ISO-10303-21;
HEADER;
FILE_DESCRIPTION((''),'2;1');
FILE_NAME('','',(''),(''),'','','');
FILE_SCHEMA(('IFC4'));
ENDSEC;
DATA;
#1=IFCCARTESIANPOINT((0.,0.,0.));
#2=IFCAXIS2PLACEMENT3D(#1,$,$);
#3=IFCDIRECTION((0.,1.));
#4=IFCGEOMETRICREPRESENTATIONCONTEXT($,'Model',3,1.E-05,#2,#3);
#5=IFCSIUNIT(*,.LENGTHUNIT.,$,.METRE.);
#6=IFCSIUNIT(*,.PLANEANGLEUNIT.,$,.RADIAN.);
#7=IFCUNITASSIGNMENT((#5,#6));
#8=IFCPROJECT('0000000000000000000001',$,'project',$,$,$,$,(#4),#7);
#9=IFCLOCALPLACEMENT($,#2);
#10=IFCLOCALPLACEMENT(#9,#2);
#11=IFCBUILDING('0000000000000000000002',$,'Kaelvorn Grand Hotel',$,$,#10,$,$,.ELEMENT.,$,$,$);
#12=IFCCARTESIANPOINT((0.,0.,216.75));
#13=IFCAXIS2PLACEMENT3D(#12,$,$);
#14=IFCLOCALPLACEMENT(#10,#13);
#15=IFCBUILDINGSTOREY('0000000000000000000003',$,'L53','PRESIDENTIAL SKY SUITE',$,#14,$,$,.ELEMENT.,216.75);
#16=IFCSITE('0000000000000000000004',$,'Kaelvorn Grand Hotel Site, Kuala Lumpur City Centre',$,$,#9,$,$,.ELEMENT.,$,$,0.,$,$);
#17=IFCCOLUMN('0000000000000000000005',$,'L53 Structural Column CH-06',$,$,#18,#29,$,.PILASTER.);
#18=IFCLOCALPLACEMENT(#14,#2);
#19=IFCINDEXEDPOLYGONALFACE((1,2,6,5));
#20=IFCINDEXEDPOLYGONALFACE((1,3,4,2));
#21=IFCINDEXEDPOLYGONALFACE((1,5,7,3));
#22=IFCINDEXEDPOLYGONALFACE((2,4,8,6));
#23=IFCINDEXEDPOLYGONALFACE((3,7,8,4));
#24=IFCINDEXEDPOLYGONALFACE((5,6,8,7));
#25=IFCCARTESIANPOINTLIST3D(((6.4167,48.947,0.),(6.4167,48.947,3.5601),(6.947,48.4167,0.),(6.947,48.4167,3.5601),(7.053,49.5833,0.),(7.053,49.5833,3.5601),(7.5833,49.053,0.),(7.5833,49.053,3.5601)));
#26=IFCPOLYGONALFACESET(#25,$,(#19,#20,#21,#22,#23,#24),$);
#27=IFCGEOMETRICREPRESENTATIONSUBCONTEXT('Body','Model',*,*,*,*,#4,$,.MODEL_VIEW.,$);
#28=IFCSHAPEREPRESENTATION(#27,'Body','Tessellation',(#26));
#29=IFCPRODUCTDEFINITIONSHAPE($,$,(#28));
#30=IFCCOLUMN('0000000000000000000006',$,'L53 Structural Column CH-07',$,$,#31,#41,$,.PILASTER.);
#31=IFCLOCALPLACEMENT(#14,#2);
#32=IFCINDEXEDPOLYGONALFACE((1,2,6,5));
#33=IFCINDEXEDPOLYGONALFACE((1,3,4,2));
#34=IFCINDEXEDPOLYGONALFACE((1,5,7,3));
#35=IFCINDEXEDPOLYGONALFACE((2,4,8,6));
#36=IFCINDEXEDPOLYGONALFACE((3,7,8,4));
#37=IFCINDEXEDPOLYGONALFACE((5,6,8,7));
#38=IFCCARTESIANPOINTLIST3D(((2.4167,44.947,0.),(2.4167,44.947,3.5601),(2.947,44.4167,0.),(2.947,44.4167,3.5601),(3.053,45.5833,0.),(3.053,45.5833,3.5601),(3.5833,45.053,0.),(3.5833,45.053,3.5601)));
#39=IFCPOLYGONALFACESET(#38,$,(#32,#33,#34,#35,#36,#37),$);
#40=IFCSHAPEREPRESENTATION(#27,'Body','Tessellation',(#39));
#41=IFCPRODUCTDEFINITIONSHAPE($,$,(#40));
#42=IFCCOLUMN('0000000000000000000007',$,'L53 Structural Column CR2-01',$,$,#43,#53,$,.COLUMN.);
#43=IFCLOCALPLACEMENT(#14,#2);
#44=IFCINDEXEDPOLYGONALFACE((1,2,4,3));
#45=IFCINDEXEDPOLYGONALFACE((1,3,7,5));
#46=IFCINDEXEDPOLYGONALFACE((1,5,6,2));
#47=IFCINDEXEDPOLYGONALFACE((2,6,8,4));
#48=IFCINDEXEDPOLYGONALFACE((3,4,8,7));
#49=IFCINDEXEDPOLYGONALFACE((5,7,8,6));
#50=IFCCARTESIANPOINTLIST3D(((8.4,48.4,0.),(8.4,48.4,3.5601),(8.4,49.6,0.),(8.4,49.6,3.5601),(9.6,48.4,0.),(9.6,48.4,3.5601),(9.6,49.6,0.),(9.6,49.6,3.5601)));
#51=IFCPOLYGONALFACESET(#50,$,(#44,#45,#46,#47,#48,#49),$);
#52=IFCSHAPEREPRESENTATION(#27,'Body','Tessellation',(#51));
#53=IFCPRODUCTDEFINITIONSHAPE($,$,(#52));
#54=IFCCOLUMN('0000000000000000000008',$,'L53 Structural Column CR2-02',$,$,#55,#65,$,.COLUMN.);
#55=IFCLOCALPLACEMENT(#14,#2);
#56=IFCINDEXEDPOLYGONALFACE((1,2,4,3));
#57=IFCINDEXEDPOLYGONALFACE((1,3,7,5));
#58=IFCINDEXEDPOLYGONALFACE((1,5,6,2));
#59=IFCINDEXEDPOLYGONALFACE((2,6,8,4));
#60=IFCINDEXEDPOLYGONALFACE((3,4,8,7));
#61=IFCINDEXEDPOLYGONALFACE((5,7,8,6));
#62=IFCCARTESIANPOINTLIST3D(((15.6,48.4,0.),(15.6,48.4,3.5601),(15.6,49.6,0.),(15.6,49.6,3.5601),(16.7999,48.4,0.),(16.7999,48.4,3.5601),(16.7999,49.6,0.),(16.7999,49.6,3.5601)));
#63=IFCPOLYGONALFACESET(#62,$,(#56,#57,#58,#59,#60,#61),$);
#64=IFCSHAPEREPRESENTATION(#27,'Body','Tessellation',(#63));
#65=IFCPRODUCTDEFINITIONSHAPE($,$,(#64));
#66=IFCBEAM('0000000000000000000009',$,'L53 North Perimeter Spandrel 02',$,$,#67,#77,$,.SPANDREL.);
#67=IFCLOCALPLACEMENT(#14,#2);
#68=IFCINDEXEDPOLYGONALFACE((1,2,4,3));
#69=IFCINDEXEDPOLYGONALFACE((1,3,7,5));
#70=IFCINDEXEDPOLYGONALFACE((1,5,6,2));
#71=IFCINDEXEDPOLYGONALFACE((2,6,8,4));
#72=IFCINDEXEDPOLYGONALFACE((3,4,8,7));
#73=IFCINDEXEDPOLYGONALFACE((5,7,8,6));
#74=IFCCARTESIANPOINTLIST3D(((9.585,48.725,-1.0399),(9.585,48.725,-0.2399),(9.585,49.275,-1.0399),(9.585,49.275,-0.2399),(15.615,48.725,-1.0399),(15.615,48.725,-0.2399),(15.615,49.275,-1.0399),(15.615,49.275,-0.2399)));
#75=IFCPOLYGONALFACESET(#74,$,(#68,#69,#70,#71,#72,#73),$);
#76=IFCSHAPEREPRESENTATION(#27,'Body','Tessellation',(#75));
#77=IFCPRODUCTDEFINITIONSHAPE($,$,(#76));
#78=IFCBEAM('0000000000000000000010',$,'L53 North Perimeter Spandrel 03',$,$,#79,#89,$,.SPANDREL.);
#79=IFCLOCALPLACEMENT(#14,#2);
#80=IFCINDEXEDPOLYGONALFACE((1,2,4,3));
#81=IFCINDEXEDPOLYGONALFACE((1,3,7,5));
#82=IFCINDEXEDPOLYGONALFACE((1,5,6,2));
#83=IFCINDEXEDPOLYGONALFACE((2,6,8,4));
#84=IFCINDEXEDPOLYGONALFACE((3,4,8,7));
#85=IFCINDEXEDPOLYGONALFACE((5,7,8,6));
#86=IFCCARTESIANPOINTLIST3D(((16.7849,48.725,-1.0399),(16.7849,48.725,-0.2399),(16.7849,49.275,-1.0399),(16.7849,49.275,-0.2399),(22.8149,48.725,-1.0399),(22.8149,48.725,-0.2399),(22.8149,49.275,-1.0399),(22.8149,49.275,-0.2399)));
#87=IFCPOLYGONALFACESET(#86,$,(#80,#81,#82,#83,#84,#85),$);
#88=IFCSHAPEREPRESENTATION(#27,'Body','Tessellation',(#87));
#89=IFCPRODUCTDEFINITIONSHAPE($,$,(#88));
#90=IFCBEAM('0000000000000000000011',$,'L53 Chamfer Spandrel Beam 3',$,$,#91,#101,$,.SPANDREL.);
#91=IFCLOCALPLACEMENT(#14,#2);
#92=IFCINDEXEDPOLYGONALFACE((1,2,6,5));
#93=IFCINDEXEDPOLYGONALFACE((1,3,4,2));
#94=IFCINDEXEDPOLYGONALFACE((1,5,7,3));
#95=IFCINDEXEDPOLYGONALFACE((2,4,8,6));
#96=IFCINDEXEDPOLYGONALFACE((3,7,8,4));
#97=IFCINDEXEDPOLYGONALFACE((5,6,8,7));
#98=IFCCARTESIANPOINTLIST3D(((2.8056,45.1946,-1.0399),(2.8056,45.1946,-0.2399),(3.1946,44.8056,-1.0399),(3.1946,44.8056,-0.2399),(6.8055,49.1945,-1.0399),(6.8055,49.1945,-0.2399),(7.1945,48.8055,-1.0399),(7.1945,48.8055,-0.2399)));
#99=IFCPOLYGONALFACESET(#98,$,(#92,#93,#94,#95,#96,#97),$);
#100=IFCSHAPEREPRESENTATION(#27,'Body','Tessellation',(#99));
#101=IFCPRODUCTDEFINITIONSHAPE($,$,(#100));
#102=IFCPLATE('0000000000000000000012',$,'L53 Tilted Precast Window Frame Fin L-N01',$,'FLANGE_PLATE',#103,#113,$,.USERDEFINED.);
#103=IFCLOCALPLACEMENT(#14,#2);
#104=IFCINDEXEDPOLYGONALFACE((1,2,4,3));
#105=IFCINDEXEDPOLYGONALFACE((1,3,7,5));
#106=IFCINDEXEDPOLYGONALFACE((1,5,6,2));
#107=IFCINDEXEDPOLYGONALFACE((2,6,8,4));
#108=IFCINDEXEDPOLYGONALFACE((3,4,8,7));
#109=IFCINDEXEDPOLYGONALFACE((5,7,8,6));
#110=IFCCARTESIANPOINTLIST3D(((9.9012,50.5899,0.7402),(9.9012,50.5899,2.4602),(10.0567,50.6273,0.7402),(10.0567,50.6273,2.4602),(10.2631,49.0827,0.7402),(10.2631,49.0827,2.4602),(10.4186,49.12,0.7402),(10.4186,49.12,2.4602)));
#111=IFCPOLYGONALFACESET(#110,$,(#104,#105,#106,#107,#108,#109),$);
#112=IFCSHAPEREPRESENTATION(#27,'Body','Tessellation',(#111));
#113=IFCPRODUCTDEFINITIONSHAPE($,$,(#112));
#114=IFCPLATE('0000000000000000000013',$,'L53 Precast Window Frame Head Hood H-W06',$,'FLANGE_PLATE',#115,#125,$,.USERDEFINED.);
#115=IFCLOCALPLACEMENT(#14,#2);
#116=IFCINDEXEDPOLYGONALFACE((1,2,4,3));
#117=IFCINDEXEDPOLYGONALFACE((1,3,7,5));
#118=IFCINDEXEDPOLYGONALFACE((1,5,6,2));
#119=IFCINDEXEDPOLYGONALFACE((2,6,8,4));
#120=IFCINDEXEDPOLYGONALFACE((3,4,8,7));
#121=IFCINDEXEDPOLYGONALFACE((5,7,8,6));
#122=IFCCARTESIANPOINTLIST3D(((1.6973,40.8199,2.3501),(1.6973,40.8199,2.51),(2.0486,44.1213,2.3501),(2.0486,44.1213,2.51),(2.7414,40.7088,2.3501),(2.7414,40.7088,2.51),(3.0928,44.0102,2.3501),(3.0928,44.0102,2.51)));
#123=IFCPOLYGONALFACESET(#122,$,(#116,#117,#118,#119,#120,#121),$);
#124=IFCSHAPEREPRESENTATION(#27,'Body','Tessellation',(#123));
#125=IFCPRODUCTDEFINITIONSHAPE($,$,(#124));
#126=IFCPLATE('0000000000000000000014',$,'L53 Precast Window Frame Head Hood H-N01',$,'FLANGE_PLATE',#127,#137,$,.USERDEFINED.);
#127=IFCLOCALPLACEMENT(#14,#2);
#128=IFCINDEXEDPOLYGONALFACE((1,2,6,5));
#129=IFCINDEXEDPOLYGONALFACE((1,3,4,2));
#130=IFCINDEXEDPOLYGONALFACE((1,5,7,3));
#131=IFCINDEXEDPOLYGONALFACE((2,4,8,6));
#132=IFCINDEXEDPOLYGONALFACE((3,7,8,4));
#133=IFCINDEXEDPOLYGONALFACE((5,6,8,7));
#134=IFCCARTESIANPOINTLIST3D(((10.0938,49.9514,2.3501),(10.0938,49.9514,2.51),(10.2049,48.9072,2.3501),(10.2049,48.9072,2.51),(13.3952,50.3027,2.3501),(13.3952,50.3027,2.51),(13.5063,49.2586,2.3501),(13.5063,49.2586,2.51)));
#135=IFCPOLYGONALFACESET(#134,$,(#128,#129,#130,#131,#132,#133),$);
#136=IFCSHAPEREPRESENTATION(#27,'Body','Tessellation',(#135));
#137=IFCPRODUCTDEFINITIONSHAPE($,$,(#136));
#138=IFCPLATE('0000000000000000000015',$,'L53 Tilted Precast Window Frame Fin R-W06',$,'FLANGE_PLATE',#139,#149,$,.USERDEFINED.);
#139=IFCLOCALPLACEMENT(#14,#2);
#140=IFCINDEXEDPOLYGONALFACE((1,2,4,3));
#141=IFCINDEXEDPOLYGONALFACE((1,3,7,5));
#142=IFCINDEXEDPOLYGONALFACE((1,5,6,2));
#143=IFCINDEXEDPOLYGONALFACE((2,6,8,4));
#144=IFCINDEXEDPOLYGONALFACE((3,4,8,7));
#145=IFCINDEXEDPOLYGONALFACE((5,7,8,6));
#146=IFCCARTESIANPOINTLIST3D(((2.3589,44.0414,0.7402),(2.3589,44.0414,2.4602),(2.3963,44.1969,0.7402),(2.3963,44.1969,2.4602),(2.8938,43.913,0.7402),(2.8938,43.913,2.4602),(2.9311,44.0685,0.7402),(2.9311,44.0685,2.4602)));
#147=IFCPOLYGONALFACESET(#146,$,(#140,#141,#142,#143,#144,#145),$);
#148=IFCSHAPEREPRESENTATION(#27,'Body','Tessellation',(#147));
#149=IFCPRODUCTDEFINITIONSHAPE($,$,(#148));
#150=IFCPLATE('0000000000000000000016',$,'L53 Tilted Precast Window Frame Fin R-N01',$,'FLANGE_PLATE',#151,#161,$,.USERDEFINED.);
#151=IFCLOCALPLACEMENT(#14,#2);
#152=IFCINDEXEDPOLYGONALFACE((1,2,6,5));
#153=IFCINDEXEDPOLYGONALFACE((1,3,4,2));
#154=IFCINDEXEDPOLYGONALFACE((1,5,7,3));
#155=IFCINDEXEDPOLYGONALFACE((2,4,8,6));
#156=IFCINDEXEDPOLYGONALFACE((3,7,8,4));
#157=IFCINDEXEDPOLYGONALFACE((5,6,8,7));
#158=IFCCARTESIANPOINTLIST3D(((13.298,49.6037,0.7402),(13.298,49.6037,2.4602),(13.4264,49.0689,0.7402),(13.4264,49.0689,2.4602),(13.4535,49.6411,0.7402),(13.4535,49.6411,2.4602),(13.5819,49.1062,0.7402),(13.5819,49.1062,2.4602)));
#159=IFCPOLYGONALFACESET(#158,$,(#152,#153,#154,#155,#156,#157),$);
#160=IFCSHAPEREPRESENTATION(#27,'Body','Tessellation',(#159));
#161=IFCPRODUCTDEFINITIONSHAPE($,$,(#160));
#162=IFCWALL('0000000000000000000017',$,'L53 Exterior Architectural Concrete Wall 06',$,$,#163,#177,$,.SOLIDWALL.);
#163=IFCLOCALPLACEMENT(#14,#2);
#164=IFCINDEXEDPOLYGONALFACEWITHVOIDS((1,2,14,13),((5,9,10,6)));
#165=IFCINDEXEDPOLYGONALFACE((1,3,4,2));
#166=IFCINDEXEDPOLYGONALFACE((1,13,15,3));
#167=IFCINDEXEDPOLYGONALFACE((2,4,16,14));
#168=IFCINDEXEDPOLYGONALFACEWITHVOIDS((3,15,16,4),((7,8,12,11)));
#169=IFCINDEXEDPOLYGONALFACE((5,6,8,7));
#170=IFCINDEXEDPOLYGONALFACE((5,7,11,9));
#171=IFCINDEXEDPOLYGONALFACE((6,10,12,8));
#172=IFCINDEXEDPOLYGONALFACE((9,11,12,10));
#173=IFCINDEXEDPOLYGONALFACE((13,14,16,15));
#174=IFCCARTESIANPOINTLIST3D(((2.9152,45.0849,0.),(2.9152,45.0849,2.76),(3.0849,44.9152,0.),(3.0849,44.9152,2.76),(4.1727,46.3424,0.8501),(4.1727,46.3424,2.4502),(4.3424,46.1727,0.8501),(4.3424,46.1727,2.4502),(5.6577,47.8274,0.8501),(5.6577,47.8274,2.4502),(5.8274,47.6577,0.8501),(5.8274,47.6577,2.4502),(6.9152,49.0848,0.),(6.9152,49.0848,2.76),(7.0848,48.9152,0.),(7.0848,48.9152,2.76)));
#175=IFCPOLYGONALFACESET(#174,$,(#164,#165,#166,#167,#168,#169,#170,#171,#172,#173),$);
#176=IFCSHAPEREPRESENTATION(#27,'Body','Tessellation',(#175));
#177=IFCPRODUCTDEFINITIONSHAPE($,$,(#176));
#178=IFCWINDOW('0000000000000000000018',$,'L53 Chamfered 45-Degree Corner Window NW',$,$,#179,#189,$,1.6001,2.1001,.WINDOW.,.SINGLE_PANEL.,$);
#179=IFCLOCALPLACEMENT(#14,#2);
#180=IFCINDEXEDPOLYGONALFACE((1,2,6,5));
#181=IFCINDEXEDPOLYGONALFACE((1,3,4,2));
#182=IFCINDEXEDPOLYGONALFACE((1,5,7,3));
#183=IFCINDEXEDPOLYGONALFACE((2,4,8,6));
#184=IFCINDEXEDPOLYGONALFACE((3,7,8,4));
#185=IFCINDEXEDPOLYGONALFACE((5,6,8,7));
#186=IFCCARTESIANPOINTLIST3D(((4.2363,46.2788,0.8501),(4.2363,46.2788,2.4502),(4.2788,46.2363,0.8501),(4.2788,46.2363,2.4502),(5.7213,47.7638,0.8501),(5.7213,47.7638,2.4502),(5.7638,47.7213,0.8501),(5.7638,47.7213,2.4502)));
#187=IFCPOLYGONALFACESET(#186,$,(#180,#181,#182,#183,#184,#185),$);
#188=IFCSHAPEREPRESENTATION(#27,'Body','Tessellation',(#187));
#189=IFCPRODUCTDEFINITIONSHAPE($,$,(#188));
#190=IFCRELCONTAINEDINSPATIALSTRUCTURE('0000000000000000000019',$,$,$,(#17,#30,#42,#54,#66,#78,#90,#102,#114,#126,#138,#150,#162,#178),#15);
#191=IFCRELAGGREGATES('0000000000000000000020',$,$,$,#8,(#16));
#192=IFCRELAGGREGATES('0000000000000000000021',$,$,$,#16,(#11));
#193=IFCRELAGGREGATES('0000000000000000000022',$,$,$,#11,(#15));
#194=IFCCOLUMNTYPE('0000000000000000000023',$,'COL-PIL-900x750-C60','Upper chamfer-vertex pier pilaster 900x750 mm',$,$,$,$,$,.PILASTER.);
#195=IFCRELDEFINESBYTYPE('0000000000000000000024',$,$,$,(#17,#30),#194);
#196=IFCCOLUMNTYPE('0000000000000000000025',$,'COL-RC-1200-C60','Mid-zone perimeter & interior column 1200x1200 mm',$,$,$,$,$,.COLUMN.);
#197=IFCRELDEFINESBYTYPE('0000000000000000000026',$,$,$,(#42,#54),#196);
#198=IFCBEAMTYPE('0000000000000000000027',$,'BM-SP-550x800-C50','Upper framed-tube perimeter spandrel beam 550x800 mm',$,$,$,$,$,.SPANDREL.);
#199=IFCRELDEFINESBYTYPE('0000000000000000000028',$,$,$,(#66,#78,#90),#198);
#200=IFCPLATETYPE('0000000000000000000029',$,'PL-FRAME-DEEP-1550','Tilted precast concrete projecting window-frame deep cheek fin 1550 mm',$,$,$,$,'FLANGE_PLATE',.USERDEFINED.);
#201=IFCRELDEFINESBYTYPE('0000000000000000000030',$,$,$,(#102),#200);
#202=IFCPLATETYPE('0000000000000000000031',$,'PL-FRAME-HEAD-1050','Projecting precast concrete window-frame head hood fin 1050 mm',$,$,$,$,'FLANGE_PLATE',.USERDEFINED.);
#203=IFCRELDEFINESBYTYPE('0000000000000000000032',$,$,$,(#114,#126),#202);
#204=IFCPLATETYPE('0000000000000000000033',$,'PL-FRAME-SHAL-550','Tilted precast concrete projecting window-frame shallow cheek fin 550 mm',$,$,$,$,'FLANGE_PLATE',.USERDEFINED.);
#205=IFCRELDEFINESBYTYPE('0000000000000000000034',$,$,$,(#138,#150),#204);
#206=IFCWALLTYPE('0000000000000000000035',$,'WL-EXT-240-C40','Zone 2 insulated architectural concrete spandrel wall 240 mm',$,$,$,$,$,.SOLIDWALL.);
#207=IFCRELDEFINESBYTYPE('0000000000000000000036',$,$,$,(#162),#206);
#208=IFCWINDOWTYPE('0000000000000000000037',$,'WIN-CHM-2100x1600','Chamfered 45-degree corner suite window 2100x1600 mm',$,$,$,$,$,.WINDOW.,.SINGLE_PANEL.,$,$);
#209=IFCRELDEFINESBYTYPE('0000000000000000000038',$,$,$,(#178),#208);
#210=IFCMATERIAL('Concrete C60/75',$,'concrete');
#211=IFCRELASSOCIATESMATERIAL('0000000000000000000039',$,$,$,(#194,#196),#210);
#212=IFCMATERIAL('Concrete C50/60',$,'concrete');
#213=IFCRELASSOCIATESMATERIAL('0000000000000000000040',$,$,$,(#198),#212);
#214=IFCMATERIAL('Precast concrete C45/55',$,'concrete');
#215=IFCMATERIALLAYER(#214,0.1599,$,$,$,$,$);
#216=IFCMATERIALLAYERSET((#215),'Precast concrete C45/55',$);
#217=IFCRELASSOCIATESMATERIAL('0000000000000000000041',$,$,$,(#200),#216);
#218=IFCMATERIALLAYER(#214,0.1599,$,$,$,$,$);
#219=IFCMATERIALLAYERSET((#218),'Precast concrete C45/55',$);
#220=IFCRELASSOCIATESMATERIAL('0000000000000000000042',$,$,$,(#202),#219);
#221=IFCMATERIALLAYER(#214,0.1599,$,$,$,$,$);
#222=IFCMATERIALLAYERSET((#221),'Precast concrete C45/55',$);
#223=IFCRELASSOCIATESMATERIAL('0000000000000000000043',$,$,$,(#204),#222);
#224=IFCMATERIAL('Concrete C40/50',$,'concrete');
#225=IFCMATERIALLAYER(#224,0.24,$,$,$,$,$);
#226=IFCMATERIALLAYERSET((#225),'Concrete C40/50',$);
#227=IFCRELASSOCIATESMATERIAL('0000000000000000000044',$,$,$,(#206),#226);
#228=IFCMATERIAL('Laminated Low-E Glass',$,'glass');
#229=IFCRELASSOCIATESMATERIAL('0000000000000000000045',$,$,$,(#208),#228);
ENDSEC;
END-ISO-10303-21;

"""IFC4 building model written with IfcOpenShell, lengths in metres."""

from ifc_helpers import new_model, si_unit, direction, frame, frame_2d, origin, origin_2d, place, context, subcontext, project, spatial, rectangle, extrude, material, layer, layer_set, material_profile, profile_set, type_object, element, fill, save


model = new_model("IFC4")

# Units and contexts
model_context = context("Model", 3, precision=1e-05, world=origin(), true_north=direction((0.0, 1.0)))
body_context = subcontext(model_context, "Body", "Model", "MODEL_VIEW")
ifc_project = project(units=[si_unit("LENGTHUNIT", "METRE"), si_unit("PLANEANGLEUNIT", "RADIAN")], contexts=[model_context])

# Site, building, storey
site_placement = place(None, origin())
site = spatial("IfcSite", under=ifc_project, at=site_placement, Name="Kaelvorn Grand Hotel Site, Kuala Lumpur City Centre", CompositionType="ELEMENT", RefElevation=0.0)
building_placement = place(site_placement, origin())
building = spatial("IfcBuilding", under=site, at=building_placement, Name="Kaelvorn Grand Hotel", CompositionType="ELEMENT")
storey_placement = place(building_placement, frame((0.0, 0.0, 216.75)))
storey = spatial("IfcBuildingStorey", under=building, at=storey_placement, Name="L53", Description="PRESIDENTIAL SKY SUITE", CompositionType="ELEMENT", Elevation=216.75)

# Columns
ifc_material_1 = material(Name="Concrete C60/75", Category="concrete")
ifc_material_profile_1 = material_profile(ifc_material_1, rectangle(XDim=0.8999, YDim=0.75, at=origin_2d()), Name="RC PILASTER 900x750")
ifc_profile_set_1 = profile_set([ifc_material_profile_1], Name="Concrete C60/75")
column_type_1 = type_object("IfcColumnType", Name="COL-PIL-900x750-C60", Description="Upper chamfer-vertex pier pilaster 900x750 mm", PredefinedType="PILASTER", material=ifc_profile_set_1)
for number, where, z_axis, x_axis, name in (
    (1, (7.0, 49.0, 0.0), (0.0, 0.0, 1.0), (0.707107, 0.707107, 0.0), "L53 Structural Column CH-06"),
    (2, (3.0, 45.0, 0.0), (0.0, 0.0, 1.0), (0.707107, 0.707107, 0.0), "L53 Structural Column CH-07"),
):
    element("IfcColumn", number, at=place(storey_placement, frame(where, z_axis=z_axis, x_axis=x_axis)), inside=storey, type_object=column_type_1, Name=name, PredefinedType="PILASTER", context=body_context, shape_type="SweptSolid", body=[
        extrude(rectangle(XDim=0.8999, YDim=0.75, at=origin_2d()), origin(), (0.0, 0.0, 1.0), 3.5601),
    ])
ifc_material_profile_2 = material_profile(ifc_material_1, rectangle(XDim=1.2, YDim=1.2, at=origin_2d()), Name="RC COL 1200x1200")
ifc_profile_set_2 = profile_set([ifc_material_profile_2], Name="Concrete C60/75")
column_type_2 = type_object("IfcColumnType", Name="COL-RC-1200-C60", Description="Mid-zone perimeter & interior column 1200x1200 mm", PredefinedType="COLUMN", material=ifc_profile_set_2)
for number, where, z_axis, x_axis, name in (
    (3, (9.0, 49.0, 0.0), (0.0, 0.0, 1.0), (1.0, 0.0, 0.0), "L53 Structural Column CR2-01"),
    (4, (16.2, 49.0, 0.0), (0.0, 0.0, 1.0), (1.0, 0.0, 0.0), "L53 Structural Column CR2-02"),
):
    element("IfcColumn", number, at=place(storey_placement, frame(where, z_axis=z_axis, x_axis=x_axis)), inside=storey, type_object=column_type_2, Name=name, PredefinedType="COLUMN", context=body_context, shape_type="SweptSolid", body=[
        extrude(rectangle(XDim=1.2, YDim=1.2, at=origin_2d()), origin(), (0.0, 0.0, 1.0), 3.5601),
    ])

# Beams
ifc_material_2 = material(Name="Concrete C50/60", Category="concrete")
ifc_material_profile_3 = material_profile(ifc_material_2, rectangle(XDim=0.55, YDim=0.8, at=origin_2d()), Name="RC SPANDREL 550x800")
ifc_profile_set_3 = profile_set([ifc_material_profile_3], Name="Concrete C50/60")
beam_type = type_object("IfcBeamType", Name="BM-SP-550x800-C50", Description="Upper framed-tube perimeter spandrel beam 550x800 mm", PredefinedType="SPANDREL", material=ifc_profile_set_3)
for number, where, z_axis, x_axis, name in (
    (5, (9.585, 49.0, -0.6399), (1.0, 0.0, 0.0), (0.0, 1.0, 0.0), "L53 North Perimeter Spandrel 02"),
    (6, (16.7849, 49.0, -0.6399), (1.0, 0.0, 0.0), (0.0, 1.0, 0.0), "L53 North Perimeter Spandrel 03"),
):
    element("IfcBeam", number, at=place(storey_placement, frame(where, z_axis=z_axis, x_axis=x_axis)), inside=storey, type_object=beam_type, Name=name, PredefinedType="SPANDREL", context=body_context, shape_type="SweptSolid", body=[
        extrude(rectangle(XDim=0.55, YDim=0.8, at=origin_2d()), origin(), (0.0, 0.0, 1.0), 6.03),
    ])
beam_placement = place(storey_placement, frame((7.0, 49.0, -0.6399), z_axis=(-0.707107, -0.707107, 0.0), x_axis=(0.707107, -0.707107, 0.0)))
element("IfcBeam", 7, at=beam_placement, inside=storey, type_object=beam_type, Name="L53 Chamfer Spandrel Beam 3", PredefinedType="SPANDREL", context=body_context, shape_type="SweptSolid", body=[
    extrude(rectangle(XDim=0.55, YDim=0.8, at=origin_2d()), origin(), (0.0, 0.0, 1.0), 5.6567),
])

# Plates
ifc_material_3 = material(Name="Precast concrete C45/55", Category="concrete")
ifc_layer_1 = layer(ifc_material_3, 0.1599)
ifc_layer_set_1 = layer_set([ifc_layer_1], Name="Precast concrete C45/55")
plate_type_1 = type_object("IfcPlateType", Name="PL-FRAME-DEEP-1550", Description="Tilted precast concrete projecting window-frame deep cheek fin 1550 mm", ElementType="FLANGE_PLATE", PredefinedType="USERDEFINED", material=ifc_layer_set_1)
plate_placement = place(storey_placement, frame((10.1599, 49.855, 0.7402), z_axis=(0.0, 0.0, 1.0), x_axis=(0.97237, 0.233445, 0.0)))
element("IfcPlate", 8, at=plate_placement, inside=storey, type_object=plate_type_1, Name="L53 Tilted Precast Window Frame Fin L-N01", ObjectType="FLANGE_PLATE", PredefinedType="USERDEFINED", context=body_context, shape_type="SweptSolid", body=[
    extrude(rectangle(XDim=0.1599, YDim=1.55, at=origin_2d()), origin(), (0.0, 0.0, 1.0), 1.72),
])
ifc_layer_2 = layer(ifc_material_3, 0.1599)
ifc_layer_set_2 = layer_set([ifc_layer_2], Name="Precast concrete C45/55")
plate_type_2 = type_object("IfcPlateType", Name="PL-FRAME-HEAD-1050", Description="Projecting precast concrete window-frame head hood fin 1050 mm", ElementType="FLANGE_PLATE", PredefinedType="USERDEFINED", material=ifc_layer_set_2)
for number, where, z_axis, x_axis, name in (
    (9, (2.395, 42.415, 2.3501), (0.0, 0.0, 1.0), (0.10583, 0.994384, 0.0), "L53 Precast Window Frame Head Hood H-W06"),
    (10, (11.8, 49.605, 2.3501), (0.0, 0.0, 1.0), (0.994384, 0.10583, 0.0), "L53 Precast Window Frame Head Hood H-N01"),
):
    element("IfcPlate", number, at=place(storey_placement, frame(where, z_axis=z_axis, x_axis=x_axis)), inside=storey, type_object=plate_type_2, Name=name, ObjectType="FLANGE_PLATE", PredefinedType="USERDEFINED", context=body_context, shape_type="SweptSolid", body=[
        extrude(rectangle(XDim=3.3201, YDim=1.05, at=origin_2d()), origin(), (0.0, 0.0, 1.0), 0.1599),
    ])
ifc_layer_3 = layer(ifc_material_3, 0.1599)
ifc_layer_set_3 = layer_set([ifc_layer_3], Name="Precast concrete C45/55")
plate_type_3 = type_object("IfcPlateType", Name="PL-FRAME-SHAL-550", Description="Tilted precast concrete projecting window-frame shallow cheek fin 550 mm", ElementType="FLANGE_PLATE", PredefinedType="USERDEFINED", material=ifc_layer_set_3)
for number, where, z_axis, x_axis, name in (
    (11, (2.645, 44.0549, 0.7402), (0.0, 0.0, 1.0), (0.233445, 0.97237, 0.0), "L53 Tilted Precast Window Frame Fin R-W06"),
    (12, (13.4399, 49.355, 0.7402), (0.0, 0.0, 1.0), (0.97237, 0.233445, 0.0), "L53 Tilted Precast Window Frame Fin R-N01"),
):
    element("IfcPlate", number, at=place(storey_placement, frame(where, z_axis=z_axis, x_axis=x_axis)), inside=storey, type_object=plate_type_3, Name=name, ObjectType="FLANGE_PLATE", PredefinedType="USERDEFINED", context=body_context, shape_type="SweptSolid", body=[
        extrude(rectangle(XDim=0.1599, YDim=0.55, at=origin_2d()), origin(), (0.0, 0.0, 1.0), 1.72),
    ])

# Wall, opening, window
ifc_material_4 = material(Name="Concrete C40/50", Category="concrete")
ifc_layer_4 = layer(ifc_material_4, 0.24)
ifc_layer_set_4 = layer_set([ifc_layer_4], Name="Concrete C40/50")
wall_type_1 = type_object("IfcWallType", Name="WL-EXT-240-C40", Description="Zone 2 insulated architectural concrete spandrel wall 240 mm", PredefinedType="SOLIDWALL", material=ifc_layer_set_4)
wall_1_placement = place(storey_placement, frame((7.0, 49.0, 0.0), z_axis=(0.0, 0.0, 1.0), x_axis=(-0.707107, -0.707107, 0.0)))
wall_1 = element("IfcWall", 13, at=wall_1_placement, inside=storey, type_object=wall_type_1, Name="L53 Exterior Architectural Concrete Wall 06", PredefinedType="SOLIDWALL", context=body_context, shape_type="SweptSolid", body=[
    extrude(rectangle(XDim=5.6567, YDim=0.24, at=frame_2d((2.8284, 0.0))), origin(), (0.0, 0.0, 1.0), 2.76),
])
opening_1_placement = place(wall_1_placement, frame((1.7783, 0.0, 0.8501)))
opening_1 = element("IfcOpeningElement", 14, at=opening_1_placement, cuts=wall_1, PredefinedType="OPENING", context=body_context, shape_type="SweptSolid", body=[
    extrude(rectangle(XDim=2.1001, YDim=1.6001, at=frame_2d((1.05, 0.8))), frame((0.0, 0.1299, 0.0), z_axis=(0.0, -1.0, 0.0), x_axis=(1.0, 0.0, 0.0)), (0.0, 0.0, 1.0), 0.26),
])
ifc_material_5 = material(Name="Laminated Low-E Glass", Category="glass")
window_type_1 = type_object("IfcWindowType", Name="WIN-CHM-2100x1600", Description="Chamfered 45-degree corner suite window 2100x1600 mm", PartitioningType="SINGLE_PANEL", PredefinedType="WINDOW", material=ifc_material_5)
window_1_placement = place(opening_1_placement, origin())
window_1 = element("IfcWindow", 15, at=window_1_placement, inside=storey, type_object=window_type_1, Name="L53 Chamfered 45-Degree Corner Window NW", OverallHeight=1.6001, OverallWidth=2.1001, PartitioningType="SINGLE_PANEL", PredefinedType="WINDOW", context=body_context, shape_type="SweptSolid", body=[
    extrude(rectangle(XDim=2.1001, YDim=1.6001, at=frame_2d((1.05, 0.8))), frame((0.0, 0.03, 0.0), z_axis=(0.0, -1.0, 0.0), x_axis=(1.0, 0.0, 0.0)), (0.0, 0.0, 1.0), 0.0601),
])
fill(opening_1, window_1)

save(model, "model.ifc")
